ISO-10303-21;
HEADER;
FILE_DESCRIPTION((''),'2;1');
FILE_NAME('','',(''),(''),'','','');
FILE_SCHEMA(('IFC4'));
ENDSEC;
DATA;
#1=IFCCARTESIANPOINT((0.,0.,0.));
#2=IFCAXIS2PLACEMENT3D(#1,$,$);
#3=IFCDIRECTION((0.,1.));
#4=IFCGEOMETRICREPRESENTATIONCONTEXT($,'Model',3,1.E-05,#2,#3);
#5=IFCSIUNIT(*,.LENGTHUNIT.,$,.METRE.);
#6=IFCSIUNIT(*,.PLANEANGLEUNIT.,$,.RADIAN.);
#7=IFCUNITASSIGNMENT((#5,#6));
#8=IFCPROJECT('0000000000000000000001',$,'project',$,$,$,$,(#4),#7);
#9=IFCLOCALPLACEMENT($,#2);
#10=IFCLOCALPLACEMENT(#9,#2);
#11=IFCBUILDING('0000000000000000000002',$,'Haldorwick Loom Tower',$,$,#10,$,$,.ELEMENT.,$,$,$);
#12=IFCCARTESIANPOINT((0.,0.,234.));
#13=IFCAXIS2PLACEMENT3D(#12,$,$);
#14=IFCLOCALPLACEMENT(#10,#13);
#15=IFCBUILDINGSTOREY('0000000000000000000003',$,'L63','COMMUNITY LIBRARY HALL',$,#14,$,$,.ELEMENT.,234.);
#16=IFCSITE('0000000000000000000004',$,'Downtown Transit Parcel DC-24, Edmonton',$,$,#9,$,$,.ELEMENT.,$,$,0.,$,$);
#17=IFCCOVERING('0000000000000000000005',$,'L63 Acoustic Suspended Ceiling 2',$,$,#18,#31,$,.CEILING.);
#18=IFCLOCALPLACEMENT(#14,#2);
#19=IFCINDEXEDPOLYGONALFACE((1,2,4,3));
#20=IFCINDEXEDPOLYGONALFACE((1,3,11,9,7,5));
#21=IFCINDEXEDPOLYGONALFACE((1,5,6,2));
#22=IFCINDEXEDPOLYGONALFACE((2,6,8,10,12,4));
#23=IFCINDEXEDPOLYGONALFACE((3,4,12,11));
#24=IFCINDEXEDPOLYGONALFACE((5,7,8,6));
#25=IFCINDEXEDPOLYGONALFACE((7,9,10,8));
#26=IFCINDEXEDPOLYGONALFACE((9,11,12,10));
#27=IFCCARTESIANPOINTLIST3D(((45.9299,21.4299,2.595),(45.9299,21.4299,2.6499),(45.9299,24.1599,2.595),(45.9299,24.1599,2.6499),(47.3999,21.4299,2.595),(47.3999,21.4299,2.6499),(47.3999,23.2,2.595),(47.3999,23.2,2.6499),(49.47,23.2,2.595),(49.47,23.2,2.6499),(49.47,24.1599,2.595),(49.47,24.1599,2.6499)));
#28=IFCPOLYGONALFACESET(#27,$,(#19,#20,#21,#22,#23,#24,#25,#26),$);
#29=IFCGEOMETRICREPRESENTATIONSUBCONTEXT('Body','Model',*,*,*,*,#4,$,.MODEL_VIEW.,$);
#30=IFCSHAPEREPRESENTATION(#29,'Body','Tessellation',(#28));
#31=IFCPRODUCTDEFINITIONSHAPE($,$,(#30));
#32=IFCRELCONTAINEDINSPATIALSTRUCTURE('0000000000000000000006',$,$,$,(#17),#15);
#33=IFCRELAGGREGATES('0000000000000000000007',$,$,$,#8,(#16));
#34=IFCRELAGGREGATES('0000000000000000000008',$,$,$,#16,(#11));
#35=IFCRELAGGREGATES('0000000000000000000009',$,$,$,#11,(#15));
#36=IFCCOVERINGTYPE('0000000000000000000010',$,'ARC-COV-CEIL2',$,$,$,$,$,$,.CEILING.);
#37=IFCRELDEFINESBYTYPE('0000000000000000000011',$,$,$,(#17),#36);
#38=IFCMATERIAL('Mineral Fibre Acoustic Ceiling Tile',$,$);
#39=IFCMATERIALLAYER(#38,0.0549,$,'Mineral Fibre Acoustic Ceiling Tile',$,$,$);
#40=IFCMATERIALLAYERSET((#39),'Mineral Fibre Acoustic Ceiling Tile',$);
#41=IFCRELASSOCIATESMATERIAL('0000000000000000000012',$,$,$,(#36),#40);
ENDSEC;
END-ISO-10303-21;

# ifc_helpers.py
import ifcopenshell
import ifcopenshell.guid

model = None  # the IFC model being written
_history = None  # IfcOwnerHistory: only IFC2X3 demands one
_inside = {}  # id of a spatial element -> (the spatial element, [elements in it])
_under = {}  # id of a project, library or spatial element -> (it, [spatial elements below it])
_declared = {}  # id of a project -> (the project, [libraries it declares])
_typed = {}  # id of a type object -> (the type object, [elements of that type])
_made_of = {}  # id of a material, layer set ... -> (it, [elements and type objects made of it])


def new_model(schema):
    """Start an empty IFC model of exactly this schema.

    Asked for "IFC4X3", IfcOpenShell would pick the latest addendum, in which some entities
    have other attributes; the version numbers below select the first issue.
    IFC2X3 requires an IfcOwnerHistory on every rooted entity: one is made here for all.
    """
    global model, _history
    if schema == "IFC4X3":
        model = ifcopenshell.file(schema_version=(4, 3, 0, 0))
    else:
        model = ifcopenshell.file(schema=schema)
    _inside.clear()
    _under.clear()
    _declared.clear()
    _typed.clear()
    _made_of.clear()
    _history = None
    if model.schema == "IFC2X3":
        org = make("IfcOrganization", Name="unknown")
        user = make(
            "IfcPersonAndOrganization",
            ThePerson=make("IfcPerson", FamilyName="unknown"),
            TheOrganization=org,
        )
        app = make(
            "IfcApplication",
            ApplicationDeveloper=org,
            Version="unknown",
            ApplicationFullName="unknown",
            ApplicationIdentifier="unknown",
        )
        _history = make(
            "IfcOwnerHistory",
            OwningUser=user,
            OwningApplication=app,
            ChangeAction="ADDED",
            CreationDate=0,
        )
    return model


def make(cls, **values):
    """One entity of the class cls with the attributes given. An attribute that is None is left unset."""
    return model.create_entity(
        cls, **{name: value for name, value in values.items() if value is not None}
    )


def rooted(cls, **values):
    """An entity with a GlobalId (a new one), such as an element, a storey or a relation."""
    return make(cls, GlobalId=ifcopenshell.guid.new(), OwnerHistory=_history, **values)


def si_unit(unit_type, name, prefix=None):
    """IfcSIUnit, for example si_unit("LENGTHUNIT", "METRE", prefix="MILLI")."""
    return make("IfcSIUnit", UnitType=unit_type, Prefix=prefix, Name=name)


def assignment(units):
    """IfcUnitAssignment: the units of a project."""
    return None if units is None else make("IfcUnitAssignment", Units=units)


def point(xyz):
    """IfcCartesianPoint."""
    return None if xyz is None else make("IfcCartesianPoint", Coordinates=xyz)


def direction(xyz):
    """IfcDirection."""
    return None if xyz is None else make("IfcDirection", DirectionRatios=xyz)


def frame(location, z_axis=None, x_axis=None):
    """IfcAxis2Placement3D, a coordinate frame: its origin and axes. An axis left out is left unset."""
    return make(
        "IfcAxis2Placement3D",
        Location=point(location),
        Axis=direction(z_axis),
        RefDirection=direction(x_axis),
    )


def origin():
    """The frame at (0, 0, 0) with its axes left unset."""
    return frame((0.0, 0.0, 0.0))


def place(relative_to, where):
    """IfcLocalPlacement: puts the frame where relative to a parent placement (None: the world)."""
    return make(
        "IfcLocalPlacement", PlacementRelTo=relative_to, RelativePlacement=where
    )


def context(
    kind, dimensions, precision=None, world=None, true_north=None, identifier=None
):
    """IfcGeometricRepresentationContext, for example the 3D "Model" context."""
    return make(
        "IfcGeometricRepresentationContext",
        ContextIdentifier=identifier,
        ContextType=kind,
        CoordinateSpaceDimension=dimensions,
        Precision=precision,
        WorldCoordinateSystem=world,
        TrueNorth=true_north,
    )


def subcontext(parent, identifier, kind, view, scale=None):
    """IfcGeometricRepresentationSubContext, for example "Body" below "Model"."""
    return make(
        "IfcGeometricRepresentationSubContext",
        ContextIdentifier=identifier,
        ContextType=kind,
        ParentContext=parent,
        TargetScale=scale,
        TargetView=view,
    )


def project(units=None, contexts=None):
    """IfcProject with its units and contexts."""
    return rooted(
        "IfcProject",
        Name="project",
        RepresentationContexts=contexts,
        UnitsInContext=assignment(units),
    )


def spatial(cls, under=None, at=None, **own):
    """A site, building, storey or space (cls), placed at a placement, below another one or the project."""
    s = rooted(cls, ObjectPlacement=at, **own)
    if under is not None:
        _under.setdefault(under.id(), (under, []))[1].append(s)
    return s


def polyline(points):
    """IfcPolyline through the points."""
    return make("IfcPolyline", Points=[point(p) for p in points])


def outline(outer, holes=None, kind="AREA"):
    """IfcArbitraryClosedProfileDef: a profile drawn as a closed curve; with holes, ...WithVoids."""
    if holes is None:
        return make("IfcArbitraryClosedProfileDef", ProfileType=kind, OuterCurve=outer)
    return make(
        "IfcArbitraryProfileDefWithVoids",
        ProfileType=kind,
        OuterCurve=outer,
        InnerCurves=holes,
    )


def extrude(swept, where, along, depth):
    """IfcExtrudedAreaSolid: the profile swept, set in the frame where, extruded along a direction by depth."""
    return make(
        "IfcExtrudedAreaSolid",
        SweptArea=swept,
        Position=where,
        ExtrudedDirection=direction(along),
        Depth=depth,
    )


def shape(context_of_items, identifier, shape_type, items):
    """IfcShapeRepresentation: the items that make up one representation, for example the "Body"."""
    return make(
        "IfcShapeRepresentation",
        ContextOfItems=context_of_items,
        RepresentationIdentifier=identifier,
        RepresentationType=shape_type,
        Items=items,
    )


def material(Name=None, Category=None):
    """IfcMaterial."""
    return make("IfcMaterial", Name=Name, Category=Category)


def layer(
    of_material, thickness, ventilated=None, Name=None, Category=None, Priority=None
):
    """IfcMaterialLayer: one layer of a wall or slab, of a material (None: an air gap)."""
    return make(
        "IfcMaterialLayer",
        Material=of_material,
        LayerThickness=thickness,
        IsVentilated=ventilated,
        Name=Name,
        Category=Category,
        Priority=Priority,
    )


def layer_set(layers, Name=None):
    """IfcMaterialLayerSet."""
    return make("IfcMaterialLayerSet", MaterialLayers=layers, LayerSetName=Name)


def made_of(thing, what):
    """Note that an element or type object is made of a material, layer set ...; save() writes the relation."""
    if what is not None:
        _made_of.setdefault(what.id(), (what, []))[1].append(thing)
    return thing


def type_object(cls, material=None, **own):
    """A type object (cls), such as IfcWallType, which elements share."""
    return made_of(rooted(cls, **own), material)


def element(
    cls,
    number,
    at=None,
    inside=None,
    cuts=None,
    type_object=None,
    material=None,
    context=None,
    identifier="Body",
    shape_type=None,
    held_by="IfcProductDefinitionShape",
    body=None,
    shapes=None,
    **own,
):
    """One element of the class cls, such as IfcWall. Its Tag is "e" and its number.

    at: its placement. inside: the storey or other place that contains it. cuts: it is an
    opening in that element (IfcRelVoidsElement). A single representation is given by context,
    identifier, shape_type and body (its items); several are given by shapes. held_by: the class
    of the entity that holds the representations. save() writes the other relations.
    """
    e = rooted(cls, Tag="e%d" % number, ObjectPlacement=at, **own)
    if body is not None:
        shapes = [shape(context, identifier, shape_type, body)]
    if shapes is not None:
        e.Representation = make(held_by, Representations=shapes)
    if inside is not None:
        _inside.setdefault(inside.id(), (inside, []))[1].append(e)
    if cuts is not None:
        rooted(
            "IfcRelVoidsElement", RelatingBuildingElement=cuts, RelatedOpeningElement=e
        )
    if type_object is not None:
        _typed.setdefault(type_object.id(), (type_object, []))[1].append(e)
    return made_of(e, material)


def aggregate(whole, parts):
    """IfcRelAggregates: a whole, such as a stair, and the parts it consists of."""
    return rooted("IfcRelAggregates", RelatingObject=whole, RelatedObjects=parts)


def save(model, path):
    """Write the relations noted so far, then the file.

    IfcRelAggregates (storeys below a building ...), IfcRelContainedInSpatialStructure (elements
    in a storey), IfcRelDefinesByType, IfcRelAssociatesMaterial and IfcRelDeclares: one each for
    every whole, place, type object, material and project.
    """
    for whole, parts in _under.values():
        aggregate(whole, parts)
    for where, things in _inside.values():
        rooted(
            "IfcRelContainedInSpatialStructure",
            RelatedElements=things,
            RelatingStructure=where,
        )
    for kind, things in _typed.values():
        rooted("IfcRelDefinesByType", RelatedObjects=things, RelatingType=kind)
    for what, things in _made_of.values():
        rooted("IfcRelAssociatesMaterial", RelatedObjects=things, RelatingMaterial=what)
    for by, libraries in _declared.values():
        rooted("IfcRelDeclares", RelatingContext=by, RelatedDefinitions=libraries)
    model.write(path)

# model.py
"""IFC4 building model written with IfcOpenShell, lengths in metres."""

from ifc_helpers import new_model, si_unit, direction, frame, origin, place, context, subcontext, project, spatial, polyline, outline, extrude, material, layer, layer_set, type_object, element, save


model = new_model("IFC4")

# Units and contexts
model_context = context("Model", 3, precision=1e-05, world=origin(), true_north=direction((0.0, 1.0)))
body_context = subcontext(model_context, "Body", "Model", "MODEL_VIEW")
ifc_project = project(units=[si_unit("LENGTHUNIT", "METRE"), si_unit("PLANEANGLEUNIT", "RADIAN")], contexts=[model_context])

# Site, building, storey
site_placement = place(None, origin())
site = spatial("IfcSite", under=ifc_project, at=site_placement, Name="Downtown Transit Parcel DC-24, Edmonton", CompositionType="ELEMENT", RefElevation=0.0)
building_placement = place(site_placement, origin())
building = spatial("IfcBuilding", under=site, at=building_placement, Name="Haldorwick Loom Tower", CompositionType="ELEMENT")
storey_placement = place(building_placement, frame((0.0, 0.0, 234.0)))
storey = spatial("IfcBuildingStorey", under=building, at=storey_placement, Name="L63", Description="COMMUNITY LIBRARY HALL", CompositionType="ELEMENT", Elevation=234.0)

# Covering
ifc_material_1 = material(Name="Mineral Fibre Acoustic Ceiling Tile")
ifc_layer_1 = layer(ifc_material_1, 0.0549, Name="Mineral Fibre Acoustic Ceiling Tile")
ifc_layer_set_1 = layer_set([ifc_layer_1], Name="Mineral Fibre Acoustic Ceiling Tile")
covering_type_1 = type_object("IfcCoveringType", Name="ARC-COV-CEIL2", PredefinedType="CEILING", material=ifc_layer_set_1)
covering_1_placement = place(storey_placement, frame((0.0, 0.0, 2.595)))
element("IfcCovering", 1, at=covering_1_placement, inside=storey, type_object=covering_type_1, Name="L63 Acoustic Suspended Ceiling 2", PredefinedType="CEILING", context=body_context, shape_type="SweptSolid", body=[
    extrude(outline(polyline([(45.9299, 24.1599), (45.9299, 21.4299), (47.3999, 21.4299), (47.3999, 23.2), (49.47, 23.2), (49.47, 24.1599), (45.9299, 24.1599)])), origin(), (0.0, 0.0, 1.0), 0.0549),
])

save(model, "model.ifc")
